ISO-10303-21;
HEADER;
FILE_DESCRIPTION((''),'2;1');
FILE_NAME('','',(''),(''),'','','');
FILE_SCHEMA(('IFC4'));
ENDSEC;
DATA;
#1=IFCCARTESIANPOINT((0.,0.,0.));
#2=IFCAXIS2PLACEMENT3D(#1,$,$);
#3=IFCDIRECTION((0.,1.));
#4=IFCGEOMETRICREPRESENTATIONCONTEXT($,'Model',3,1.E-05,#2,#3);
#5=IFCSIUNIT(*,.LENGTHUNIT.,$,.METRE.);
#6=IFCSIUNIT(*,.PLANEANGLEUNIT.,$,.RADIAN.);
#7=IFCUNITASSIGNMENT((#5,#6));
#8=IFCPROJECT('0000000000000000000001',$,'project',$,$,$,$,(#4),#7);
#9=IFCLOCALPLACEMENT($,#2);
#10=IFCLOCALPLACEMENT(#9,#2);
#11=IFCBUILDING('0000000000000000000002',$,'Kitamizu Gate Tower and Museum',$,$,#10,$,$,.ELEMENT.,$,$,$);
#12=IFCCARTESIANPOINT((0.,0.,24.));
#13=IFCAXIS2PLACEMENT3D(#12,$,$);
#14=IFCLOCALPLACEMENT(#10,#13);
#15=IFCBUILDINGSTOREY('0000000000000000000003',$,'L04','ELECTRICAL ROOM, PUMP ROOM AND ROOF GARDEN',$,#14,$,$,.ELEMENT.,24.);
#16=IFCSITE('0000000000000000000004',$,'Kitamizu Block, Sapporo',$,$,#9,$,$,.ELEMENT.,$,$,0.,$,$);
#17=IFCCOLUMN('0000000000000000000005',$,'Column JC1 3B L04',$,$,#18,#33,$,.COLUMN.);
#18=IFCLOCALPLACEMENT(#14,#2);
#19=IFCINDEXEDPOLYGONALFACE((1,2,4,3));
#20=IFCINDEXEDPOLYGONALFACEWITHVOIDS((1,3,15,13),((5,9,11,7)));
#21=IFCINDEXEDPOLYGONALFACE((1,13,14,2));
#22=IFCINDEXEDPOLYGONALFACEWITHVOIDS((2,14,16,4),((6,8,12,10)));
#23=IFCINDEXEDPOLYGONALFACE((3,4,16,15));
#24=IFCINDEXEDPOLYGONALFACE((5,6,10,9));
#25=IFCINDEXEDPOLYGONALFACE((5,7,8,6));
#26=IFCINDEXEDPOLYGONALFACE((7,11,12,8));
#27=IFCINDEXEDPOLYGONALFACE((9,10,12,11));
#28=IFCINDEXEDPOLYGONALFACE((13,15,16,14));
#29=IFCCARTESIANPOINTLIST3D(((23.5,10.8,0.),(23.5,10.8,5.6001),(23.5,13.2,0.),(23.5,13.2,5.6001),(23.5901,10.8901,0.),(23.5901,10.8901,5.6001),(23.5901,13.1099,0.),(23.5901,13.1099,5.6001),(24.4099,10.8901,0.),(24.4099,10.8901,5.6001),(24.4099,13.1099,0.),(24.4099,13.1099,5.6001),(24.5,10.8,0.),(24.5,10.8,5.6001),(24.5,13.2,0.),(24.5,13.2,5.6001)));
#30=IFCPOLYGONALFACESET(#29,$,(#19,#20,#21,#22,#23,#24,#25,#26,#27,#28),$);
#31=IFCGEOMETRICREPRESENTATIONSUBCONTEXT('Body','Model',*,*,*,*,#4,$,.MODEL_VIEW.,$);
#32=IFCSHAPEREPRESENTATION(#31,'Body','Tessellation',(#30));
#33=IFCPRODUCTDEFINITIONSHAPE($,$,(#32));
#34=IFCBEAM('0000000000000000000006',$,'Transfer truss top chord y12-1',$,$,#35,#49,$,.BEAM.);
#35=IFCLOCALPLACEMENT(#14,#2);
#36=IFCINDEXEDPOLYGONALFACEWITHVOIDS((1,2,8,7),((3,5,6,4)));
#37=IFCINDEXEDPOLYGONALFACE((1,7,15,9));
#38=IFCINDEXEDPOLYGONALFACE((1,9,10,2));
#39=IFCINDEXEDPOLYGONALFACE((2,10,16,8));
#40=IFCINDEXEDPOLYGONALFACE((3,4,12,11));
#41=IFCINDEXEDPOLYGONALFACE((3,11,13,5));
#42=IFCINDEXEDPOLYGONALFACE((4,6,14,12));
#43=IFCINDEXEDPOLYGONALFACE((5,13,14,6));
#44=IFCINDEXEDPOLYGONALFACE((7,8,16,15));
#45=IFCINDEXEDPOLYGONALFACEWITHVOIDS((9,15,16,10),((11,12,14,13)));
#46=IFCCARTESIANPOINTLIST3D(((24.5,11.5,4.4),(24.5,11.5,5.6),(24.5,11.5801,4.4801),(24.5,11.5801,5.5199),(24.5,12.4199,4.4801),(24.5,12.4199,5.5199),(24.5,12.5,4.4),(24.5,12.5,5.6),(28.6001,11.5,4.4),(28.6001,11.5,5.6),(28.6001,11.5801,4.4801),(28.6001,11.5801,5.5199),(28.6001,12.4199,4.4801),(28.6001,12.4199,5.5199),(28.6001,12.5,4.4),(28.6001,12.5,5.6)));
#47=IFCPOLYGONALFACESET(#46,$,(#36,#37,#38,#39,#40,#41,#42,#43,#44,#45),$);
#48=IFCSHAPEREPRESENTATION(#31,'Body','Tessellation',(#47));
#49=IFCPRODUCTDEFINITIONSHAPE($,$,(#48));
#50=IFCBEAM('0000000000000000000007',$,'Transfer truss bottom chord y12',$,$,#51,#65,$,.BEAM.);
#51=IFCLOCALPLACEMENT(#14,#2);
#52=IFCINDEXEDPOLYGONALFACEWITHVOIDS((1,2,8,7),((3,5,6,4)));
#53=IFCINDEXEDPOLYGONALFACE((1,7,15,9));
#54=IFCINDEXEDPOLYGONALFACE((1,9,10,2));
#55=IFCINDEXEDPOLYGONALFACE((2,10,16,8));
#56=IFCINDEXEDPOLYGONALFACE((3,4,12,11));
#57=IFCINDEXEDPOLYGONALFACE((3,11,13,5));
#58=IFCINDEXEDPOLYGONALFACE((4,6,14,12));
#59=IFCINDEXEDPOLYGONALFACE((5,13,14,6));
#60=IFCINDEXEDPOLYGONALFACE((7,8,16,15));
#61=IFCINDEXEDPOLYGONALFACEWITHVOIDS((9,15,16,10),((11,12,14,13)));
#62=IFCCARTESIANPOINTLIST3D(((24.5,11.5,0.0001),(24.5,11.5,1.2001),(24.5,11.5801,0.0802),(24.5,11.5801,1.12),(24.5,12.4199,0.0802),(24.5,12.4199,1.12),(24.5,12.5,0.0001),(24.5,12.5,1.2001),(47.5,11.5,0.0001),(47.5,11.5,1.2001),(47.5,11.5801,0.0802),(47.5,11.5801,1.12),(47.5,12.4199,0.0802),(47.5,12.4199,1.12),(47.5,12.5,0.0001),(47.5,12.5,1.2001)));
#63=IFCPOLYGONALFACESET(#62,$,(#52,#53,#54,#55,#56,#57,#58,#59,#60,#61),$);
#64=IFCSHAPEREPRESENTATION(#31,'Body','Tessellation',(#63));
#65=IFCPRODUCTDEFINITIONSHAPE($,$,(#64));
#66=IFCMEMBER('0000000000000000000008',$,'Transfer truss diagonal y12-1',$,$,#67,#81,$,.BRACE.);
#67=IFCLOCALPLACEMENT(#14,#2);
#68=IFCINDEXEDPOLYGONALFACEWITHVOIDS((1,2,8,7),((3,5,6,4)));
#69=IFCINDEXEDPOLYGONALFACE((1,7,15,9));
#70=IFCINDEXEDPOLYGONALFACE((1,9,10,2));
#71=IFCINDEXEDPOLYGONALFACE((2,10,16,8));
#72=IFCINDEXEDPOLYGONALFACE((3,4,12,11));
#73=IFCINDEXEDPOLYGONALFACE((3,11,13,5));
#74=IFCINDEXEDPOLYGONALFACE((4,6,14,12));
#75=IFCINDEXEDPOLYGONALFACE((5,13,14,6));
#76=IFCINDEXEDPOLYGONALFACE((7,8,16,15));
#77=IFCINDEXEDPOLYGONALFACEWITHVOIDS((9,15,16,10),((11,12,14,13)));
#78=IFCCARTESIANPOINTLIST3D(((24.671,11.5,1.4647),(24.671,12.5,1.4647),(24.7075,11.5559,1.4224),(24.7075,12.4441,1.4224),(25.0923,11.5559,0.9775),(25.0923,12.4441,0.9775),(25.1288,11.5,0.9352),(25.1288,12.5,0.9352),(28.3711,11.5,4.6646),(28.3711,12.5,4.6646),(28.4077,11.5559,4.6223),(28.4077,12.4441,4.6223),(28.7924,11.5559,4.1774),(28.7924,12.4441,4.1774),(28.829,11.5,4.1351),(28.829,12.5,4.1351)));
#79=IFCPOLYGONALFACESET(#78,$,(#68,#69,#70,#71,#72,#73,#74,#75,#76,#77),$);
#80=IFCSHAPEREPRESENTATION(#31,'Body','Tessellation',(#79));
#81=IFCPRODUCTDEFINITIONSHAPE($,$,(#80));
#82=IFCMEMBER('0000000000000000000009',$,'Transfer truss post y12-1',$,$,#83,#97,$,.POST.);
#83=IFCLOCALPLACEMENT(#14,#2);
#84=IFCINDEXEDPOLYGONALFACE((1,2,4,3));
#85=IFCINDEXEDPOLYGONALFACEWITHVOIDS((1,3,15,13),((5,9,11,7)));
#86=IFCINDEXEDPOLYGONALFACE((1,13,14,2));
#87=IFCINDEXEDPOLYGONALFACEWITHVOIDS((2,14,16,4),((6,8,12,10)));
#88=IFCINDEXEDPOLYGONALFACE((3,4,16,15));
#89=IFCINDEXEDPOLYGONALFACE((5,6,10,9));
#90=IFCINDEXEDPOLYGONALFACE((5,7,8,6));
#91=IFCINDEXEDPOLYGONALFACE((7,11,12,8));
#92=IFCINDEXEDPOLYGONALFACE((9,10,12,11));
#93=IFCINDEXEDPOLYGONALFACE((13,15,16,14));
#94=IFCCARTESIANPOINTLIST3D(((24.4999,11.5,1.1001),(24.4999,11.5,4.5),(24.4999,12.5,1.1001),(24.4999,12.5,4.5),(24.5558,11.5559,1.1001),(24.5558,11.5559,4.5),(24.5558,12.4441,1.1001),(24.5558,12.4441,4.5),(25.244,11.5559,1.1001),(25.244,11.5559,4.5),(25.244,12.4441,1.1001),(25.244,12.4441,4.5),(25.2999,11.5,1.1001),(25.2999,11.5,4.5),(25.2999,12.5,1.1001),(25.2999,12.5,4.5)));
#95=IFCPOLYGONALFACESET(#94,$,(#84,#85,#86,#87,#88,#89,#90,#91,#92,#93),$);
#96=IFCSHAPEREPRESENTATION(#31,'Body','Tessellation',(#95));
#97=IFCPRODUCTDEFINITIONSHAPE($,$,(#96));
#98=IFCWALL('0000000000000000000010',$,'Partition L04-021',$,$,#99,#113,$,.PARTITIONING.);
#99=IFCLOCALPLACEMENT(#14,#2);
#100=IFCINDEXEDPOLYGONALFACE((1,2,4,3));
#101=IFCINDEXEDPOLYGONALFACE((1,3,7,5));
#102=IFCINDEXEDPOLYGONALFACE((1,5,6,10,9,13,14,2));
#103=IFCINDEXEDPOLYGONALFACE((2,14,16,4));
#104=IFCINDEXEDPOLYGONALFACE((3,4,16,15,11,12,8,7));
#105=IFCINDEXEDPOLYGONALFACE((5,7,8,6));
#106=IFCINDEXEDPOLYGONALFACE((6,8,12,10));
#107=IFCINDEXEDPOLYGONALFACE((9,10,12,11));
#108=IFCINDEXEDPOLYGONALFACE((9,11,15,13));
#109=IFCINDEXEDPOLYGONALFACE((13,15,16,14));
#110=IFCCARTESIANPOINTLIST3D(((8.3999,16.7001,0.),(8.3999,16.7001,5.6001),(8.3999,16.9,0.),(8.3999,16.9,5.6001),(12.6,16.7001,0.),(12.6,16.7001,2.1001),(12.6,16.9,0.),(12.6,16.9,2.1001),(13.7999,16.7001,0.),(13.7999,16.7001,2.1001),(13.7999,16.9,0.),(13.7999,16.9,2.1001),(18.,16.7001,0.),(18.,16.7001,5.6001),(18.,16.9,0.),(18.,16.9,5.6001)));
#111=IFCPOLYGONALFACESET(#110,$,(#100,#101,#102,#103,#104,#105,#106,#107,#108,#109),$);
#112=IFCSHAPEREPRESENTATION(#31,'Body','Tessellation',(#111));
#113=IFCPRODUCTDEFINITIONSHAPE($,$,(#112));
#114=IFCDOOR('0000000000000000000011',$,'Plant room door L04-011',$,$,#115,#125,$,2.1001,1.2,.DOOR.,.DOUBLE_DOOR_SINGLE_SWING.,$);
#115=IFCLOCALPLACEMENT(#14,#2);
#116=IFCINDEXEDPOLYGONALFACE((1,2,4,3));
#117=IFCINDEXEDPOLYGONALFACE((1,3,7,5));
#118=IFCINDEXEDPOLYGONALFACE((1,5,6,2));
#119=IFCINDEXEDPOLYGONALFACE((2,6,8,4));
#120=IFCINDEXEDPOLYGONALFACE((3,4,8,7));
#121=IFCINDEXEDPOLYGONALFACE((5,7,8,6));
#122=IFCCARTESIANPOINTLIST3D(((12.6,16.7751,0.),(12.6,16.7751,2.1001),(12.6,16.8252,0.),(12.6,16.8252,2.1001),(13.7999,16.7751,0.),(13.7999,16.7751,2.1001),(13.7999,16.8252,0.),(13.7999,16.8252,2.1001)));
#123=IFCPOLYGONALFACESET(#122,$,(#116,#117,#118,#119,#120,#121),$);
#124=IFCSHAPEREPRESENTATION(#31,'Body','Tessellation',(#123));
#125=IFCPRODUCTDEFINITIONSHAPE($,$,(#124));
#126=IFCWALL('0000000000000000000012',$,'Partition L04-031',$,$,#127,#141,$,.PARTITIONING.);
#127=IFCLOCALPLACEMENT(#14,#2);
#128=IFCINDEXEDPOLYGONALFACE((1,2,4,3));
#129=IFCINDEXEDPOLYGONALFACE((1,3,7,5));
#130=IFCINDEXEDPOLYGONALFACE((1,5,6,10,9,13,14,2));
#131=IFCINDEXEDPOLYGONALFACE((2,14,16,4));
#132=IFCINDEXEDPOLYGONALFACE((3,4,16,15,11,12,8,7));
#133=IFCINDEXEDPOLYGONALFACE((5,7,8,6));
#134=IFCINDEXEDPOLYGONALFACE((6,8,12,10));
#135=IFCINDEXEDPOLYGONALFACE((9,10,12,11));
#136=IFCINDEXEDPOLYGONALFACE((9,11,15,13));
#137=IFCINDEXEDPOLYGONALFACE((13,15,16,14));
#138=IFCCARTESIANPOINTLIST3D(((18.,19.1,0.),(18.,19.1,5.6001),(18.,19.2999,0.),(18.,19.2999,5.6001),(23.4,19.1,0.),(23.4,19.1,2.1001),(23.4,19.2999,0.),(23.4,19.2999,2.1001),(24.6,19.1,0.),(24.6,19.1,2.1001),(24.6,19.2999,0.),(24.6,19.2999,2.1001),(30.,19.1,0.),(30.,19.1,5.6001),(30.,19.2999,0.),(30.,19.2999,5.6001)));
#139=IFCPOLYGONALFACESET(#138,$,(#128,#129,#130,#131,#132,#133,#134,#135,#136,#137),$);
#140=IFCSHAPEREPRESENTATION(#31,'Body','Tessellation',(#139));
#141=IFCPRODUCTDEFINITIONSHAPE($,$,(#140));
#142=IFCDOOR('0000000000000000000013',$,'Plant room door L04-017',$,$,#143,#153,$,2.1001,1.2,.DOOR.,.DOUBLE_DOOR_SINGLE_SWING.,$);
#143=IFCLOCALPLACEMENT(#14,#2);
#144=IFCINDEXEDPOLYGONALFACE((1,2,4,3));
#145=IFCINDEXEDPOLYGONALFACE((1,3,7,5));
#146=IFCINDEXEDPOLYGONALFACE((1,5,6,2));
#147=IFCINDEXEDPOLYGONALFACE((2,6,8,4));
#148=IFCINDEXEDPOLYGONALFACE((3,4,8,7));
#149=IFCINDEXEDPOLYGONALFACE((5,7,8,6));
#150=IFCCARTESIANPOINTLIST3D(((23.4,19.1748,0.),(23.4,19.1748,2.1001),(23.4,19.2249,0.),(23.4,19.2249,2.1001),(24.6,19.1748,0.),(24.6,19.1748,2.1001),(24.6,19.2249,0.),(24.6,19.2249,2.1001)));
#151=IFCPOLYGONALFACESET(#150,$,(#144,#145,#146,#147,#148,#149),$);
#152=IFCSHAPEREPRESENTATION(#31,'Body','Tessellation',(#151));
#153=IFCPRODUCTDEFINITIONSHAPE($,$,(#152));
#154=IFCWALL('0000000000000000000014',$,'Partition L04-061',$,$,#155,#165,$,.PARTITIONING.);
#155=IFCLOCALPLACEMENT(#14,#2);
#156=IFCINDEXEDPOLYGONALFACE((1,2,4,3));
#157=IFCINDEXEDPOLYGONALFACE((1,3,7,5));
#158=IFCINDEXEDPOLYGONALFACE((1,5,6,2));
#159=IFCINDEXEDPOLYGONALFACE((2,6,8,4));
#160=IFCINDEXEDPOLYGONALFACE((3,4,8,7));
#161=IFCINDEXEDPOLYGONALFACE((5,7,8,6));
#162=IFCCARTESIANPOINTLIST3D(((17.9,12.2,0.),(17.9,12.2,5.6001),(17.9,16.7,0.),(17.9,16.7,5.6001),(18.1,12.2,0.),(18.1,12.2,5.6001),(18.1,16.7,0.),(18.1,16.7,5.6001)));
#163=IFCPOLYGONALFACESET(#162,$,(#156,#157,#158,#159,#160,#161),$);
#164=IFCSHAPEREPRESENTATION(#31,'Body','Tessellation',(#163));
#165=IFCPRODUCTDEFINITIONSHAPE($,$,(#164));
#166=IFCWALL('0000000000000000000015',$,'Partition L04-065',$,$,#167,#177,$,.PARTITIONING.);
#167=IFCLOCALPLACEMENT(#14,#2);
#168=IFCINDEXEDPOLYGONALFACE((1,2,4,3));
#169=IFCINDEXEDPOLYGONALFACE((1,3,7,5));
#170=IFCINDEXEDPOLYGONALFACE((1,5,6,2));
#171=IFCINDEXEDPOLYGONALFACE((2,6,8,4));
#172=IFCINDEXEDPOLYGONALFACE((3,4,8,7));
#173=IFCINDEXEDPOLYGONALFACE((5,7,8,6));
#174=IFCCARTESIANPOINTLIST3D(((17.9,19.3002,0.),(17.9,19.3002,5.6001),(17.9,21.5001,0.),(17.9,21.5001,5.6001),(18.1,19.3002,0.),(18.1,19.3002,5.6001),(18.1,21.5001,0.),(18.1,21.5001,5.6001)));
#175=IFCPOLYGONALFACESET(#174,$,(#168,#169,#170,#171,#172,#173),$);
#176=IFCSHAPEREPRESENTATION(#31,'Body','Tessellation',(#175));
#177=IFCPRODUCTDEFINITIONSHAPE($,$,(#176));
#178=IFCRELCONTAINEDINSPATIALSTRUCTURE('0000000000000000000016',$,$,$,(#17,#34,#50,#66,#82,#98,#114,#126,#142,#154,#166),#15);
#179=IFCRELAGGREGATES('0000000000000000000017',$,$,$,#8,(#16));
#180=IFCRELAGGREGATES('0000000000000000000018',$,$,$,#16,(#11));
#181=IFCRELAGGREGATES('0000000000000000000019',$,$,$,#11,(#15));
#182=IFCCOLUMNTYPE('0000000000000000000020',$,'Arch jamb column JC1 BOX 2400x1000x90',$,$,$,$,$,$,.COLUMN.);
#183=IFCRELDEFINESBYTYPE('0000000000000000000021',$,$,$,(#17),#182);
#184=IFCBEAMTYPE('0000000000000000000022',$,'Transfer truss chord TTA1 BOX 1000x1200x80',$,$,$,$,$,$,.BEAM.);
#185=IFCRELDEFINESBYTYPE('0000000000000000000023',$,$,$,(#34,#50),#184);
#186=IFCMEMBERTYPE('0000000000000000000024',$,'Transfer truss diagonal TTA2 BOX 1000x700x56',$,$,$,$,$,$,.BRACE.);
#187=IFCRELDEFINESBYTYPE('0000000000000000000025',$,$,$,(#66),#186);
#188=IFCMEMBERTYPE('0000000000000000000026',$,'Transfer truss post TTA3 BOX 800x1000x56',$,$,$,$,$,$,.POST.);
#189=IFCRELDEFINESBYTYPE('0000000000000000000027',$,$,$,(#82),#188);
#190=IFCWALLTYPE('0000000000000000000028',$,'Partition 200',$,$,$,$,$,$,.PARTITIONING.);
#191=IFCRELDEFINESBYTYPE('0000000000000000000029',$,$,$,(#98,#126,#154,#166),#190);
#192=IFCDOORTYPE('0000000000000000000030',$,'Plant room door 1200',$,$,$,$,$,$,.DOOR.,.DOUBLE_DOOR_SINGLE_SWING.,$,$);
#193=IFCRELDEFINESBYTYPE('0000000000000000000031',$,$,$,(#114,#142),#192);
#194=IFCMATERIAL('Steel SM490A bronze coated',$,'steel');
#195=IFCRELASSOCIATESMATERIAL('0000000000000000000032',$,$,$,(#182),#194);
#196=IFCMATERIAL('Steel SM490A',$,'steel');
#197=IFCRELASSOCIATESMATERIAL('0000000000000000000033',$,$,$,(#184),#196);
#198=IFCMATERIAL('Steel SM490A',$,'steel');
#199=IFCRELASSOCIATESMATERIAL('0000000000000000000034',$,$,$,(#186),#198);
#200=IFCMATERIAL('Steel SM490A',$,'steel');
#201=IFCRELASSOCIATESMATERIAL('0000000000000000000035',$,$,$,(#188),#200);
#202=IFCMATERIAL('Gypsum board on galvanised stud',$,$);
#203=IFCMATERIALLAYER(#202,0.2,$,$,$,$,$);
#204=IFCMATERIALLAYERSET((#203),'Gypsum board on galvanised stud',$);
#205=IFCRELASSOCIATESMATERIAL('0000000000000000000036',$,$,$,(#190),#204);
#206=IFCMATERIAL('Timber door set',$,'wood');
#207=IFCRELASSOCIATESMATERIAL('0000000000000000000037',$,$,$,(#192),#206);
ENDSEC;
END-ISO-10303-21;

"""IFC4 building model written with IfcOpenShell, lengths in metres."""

from ifc_helpers import new_model, si_unit, direction, frame, frame_2d, origin, origin_2d, place, context, subcontext, project, spatial, rectangle, hollow_rectangle, extrude, material, layer, layer_set, material_profile, profile_set, type_object, element, fill, save


model = new_model("IFC4")

# Units and contexts
model_context = context("Model", 3, precision=1e-05, world=origin(), true_north=direction((0.0, 1.0)))
body_context = subcontext(model_context, "Body", "Model", "MODEL_VIEW")
ifc_project = project(units=[si_unit("LENGTHUNIT", "METRE"), si_unit("PLANEANGLEUNIT", "RADIAN")], contexts=[model_context])

# Site, building, storey
site_placement = place(None, origin())
site = spatial("IfcSite", under=ifc_project, at=site_placement, Name="Kitamizu Block, Sapporo", CompositionType="ELEMENT", RefElevation=0.0)
building_placement = place(site_placement, origin())
building = spatial("IfcBuilding", under=site, at=building_placement, Name="Kitamizu Gate Tower and Museum", CompositionType="ELEMENT")
storey_placement = place(building_placement, frame((0.0, 0.0, 24.0)))
storey = spatial("IfcBuildingStorey", under=building, at=storey_placement, Name="L04", Description="ELECTRICAL ROOM, PUMP ROOM AND ROOF GARDEN", CompositionType="ELEMENT", Elevation=24.0)

# Column
ifc_material_1 = material(Name="Steel SM490A bronze coated", Category="steel")
ifc_material_profile_1 = material_profile(ifc_material_1, hollow_rectangle(XDim=2.3999, YDim=1.0, WallThickness=0.0901, at=origin_2d()), Name="BOX 2400x1000x90")
ifc_profile_set_1 = profile_set([ifc_material_profile_1], Name="Steel SM490A bronze coated")
column_type = type_object("IfcColumnType", Name="Arch jamb column JC1 BOX 2400x1000x90", PredefinedType="COLUMN", material=ifc_profile_set_1)
column_placement = place(storey_placement, frame((24.0, 12.0, 0.0), z_axis=(0.0, 0.0, 1.0), x_axis=(0.0, 1.0, 0.0)))
element("IfcColumn", 1, at=column_placement, inside=storey, type_object=column_type, Name="Column JC1 3B L04", PredefinedType="COLUMN", context=body_context, shape_type="SweptSolid", body=[
    extrude(hollow_rectangle(XDim=2.3999, YDim=1.0, WallThickness=0.0901, at=origin_2d()), origin(), (0.0, 0.0, 1.0), 5.6001),
])

# Beams
ifc_material_2 = material(Name="Steel SM490A", Category="steel")
ifc_material_profile_2 = material_profile(ifc_material_2, hollow_rectangle(XDim=1.0, YDim=1.2, WallThickness=0.0801, at=origin_2d()), Name="BOX 1000x1200x80")
ifc_profile_set_2 = profile_set([ifc_material_profile_2], Name="Steel SM490A")
beam_type = type_object("IfcBeamType", Name="Transfer truss chord TTA1 BOX 1000x1200x80", PredefinedType="BEAM", material=ifc_profile_set_2)
beam_1_placement = place(storey_placement, frame((24.5, 12.0, 5.0), z_axis=(1.0, 0.0, 0.0), x_axis=(0.0, 1.0, 0.0)))
element("IfcBeam", 2, at=beam_1_placement, inside=storey, type_object=beam_type, Name="Transfer truss top chord y12-1", PredefinedType="BEAM", context=body_context, shape_type="SweptSolid", body=[
    extrude(hollow_rectangle(XDim=1.0, YDim=1.2, WallThickness=0.0801, at=origin_2d()), origin(), (0.0, 0.0, 1.0), 4.1001),
])
beam_2_placement = place(storey_placement, frame((24.5, 12.0, 0.6001), z_axis=(1.0, 0.0, 0.0), x_axis=(0.0, 1.0, 0.0)))
element("IfcBeam", 3, at=beam_2_placement, inside=storey, type_object=beam_type, Name="Transfer truss bottom chord y12", PredefinedType="BEAM", context=body_context, shape_type="SweptSolid", body=[
    extrude(hollow_rectangle(XDim=1.0, YDim=1.2, WallThickness=0.0801, at=origin_2d()), origin(), (0.0, 0.0, 1.0), 23.0),
])

# Members
ifc_material_3 = material(Name="Steel SM490A", Category="steel")
ifc_material_profile_3 = material_profile(ifc_material_3, hollow_rectangle(XDim=1.0, YDim=0.7, WallThickness=0.0559, at=origin_2d()), Name="BOX 1000x700x56")
ifc_profile_set_3 = profile_set([ifc_material_profile_3], Name="Steel SM490A")
member_type_1 = type_object("IfcMemberType", Name="Transfer truss diagonal TTA2 BOX 1000x700x56", PredefinedType="BRACE", material=ifc_profile_set_3)
member_1_placement = place(storey_placement, frame((24.8999, 12.0, 1.2), z_axis=(0.756385, 0.0, 0.654126), x_axis=(0.0, 1.0, 0.0)))
element("IfcMember", 4, at=member_1_placement, inside=storey, type_object=member_type_1, Name="Transfer truss diagonal y12-1", PredefinedType="BRACE", context=body_context, shape_type="SweptSolid", body=[
    extrude(hollow_rectangle(XDim=1.0, YDim=0.7, WallThickness=0.0559, at=origin_2d()), origin(), (0.0, 0.0, 1.0), 4.8918),
])
ifc_material_4 = material(Name="Steel SM490A", Category="steel")
ifc_material_profile_4 = material_profile(ifc_material_4, hollow_rectangle(XDim=0.8, YDim=1.0, WallThickness=0.0559, at=origin_2d()), Name="BOX 800x1000x56")
ifc_profile_set_4 = profile_set([ifc_material_profile_4], Name="Steel SM490A")
member_type_2 = type_object("IfcMemberType", Name="Transfer truss post TTA3 BOX 800x1000x56", PredefinedType="POST", material=ifc_profile_set_4)
member_2_placement = place(storey_placement, frame((24.8999, 12.0, 1.1001), z_axis=(0.0, 0.0, 1.0), x_axis=(1.0, 0.0, 0.0)))
element("IfcMember", 5, at=member_2_placement, inside=storey, type_object=member_type_2, Name="Transfer truss post y12-1", PredefinedType="POST", context=body_context, shape_type="SweptSolid", body=[
    extrude(hollow_rectangle(XDim=0.8, YDim=1.0, WallThickness=0.0559, at=origin_2d()), origin(), (0.0, 0.0, 1.0), 3.3999),
])

# Walls, openings, doors
ifc_material_5 = material(Name="Gypsum board on galvanised stud")
ifc_layer = layer(ifc_material_5, 0.2)
ifc_layer_set = layer_set([ifc_layer], Name="Gypsum board on galvanised stud")
wall_type = type_object("IfcWallType", Name="Partition 200", PredefinedType="PARTITIONING", material=ifc_layer_set)
wall_1_placement = place(storey_placement, frame((18.0, 16.8, 0.0), z_axis=(0.0, 0.0, 1.0), x_axis=(-1.0, 0.0, 0.0)))
wall_1 = element("IfcWall", 6, at=wall_1_placement, inside=storey, type_object=wall_type, Name="Partition L04-021", PredefinedType="PARTITIONING", context=body_context, shape_type="SweptSolid", body=[
    extrude(rectangle(XDim=9.6001, YDim=0.2, at=frame_2d((4.8, 0.0))), origin(), (0.0, 0.0, 1.0), 5.6001),
])
opening_1_placement = place(wall_1_placement, frame((4.2, 0.0, 0.0)))
opening_1 = element("IfcOpeningElement", 7, at=opening_1_placement, cuts=wall_1, PredefinedType="OPENING", context=body_context, shape_type="SweptSolid", body=[
    extrude(rectangle(XDim=1.2, YDim=2.1001, at=frame_2d((0.6001, 1.05))), frame((0.0, 0.1099, 0.0), z_axis=(0.0, -1.0, 0.0), x_axis=(1.0, 0.0, 0.0)), (0.0, 0.0, 1.0), 0.22),
])
ifc_material_6 = material(Name="Timber door set", Category="wood")
door_type = type_object("IfcDoorType", Name="Plant room door 1200", OperationType="DOUBLE_DOOR_SINGLE_SWING", PredefinedType="DOOR", material=ifc_material_6)
door_1_placement = place(opening_1_placement, origin())
door_1 = element("IfcDoor", 8, at=door_1_placement, inside=storey, type_object=door_type, Name="Plant room door L04-011", OperationType="DOUBLE_DOOR_SINGLE_SWING", OverallHeight=2.1001, OverallWidth=1.2, PredefinedType="DOOR", context=body_context, shape_type="SweptSolid", body=[
    extrude(rectangle(XDim=1.2, YDim=2.1001, at=frame_2d((0.6001, 1.05))), frame((0.0, 0.0249, 0.0), z_axis=(0.0, -1.0, 0.0), x_axis=(1.0, 0.0, 0.0)), (0.0, 0.0, 1.0), 0.05),
])
fill(opening_1, door_1)
wall_2_placement = place(storey_placement, frame((18.0, 19.2, 0.0), z_axis=(0.0, 0.0, 1.0), x_axis=(1.0, 0.0, 0.0)))
wall_2 = element("IfcWall", 9, at=wall_2_placement, inside=storey, type_object=wall_type, Name="Partition L04-031", PredefinedType="PARTITIONING", context=body_context, shape_type="SweptSolid", body=[
    extrude(rectangle(XDim=12.0, YDim=0.2, at=frame_2d((6.0, 0.0))), origin(), (0.0, 0.0, 1.0), 5.6001),
])
opening_2_placement = place(wall_2_placement, frame((5.3999, 0.0, 0.0)))
opening_2 = element("IfcOpeningElement", 10, at=opening_2_placement, cuts=wall_2, PredefinedType="OPENING", context=body_context, shape_type="SweptSolid", body=[
    extrude(rectangle(XDim=1.2, YDim=2.1001, at=frame_2d((0.6001, 1.05))), frame((0.0, 0.1099, 0.0), z_axis=(0.0, -1.0, 0.0), x_axis=(1.0, 0.0, 0.0)), (0.0, 0.0, 1.0), 0.22),
])
door_2_placement = place(opening_2_placement, origin())
door_2 = element("IfcDoor", 11, at=door_2_placement, inside=storey, type_object=door_type, Name="Plant room door L04-017", OperationType="DOUBLE_DOOR_SINGLE_SWING", OverallHeight=2.1001, OverallWidth=1.2, PredefinedType="DOOR", context=body_context, shape_type="SweptSolid", body=[
    extrude(rectangle(XDim=1.2, YDim=2.1001, at=frame_2d((0.6001, 1.05))), frame((0.0, 0.0249, 0.0), z_axis=(0.0, -1.0, 0.0), x_axis=(1.0, 0.0, 0.0)), (0.0, 0.0, 1.0), 0.05),
])
fill(opening_2, door_2)

# Walls
wall_3_placement = place(storey_placement, frame((18.0, 12.2, 0.0), z_axis=(0.0, 0.0, 1.0), x_axis=(0.0, 1.0, 0.0)))
element("IfcWall", 12, at=wall_3_placement, inside=storey, type_object=wall_type, Name="Partition L04-061", PredefinedType="PARTITIONING", context=body_context, shape_type="SweptSolid", body=[
    extrude(rectangle(XDim=4.5, YDim=0.2, at=frame_2d((2.25, 0.0))), origin(), (0.0, 0.0, 1.0), 5.6001),
])
wall_4_placement = place(storey_placement, frame((18.0, 19.3, 0.0), z_axis=(0.0, 0.0, 1.0), x_axis=(0.0, 1.0, 0.0)))
element("IfcWall", 13, at=wall_4_placement, inside=storey, type_object=wall_type, Name="Partition L04-065", PredefinedType="PARTITIONING", context=body_context, shape_type="SweptSolid", body=[
    extrude(rectangle(XDim=2.2, YDim=0.2, at=frame_2d((1.1001, 0.0))), origin(), (0.0, 0.0, 1.0), 5.6001),
])

save(model, "model.ifc")
